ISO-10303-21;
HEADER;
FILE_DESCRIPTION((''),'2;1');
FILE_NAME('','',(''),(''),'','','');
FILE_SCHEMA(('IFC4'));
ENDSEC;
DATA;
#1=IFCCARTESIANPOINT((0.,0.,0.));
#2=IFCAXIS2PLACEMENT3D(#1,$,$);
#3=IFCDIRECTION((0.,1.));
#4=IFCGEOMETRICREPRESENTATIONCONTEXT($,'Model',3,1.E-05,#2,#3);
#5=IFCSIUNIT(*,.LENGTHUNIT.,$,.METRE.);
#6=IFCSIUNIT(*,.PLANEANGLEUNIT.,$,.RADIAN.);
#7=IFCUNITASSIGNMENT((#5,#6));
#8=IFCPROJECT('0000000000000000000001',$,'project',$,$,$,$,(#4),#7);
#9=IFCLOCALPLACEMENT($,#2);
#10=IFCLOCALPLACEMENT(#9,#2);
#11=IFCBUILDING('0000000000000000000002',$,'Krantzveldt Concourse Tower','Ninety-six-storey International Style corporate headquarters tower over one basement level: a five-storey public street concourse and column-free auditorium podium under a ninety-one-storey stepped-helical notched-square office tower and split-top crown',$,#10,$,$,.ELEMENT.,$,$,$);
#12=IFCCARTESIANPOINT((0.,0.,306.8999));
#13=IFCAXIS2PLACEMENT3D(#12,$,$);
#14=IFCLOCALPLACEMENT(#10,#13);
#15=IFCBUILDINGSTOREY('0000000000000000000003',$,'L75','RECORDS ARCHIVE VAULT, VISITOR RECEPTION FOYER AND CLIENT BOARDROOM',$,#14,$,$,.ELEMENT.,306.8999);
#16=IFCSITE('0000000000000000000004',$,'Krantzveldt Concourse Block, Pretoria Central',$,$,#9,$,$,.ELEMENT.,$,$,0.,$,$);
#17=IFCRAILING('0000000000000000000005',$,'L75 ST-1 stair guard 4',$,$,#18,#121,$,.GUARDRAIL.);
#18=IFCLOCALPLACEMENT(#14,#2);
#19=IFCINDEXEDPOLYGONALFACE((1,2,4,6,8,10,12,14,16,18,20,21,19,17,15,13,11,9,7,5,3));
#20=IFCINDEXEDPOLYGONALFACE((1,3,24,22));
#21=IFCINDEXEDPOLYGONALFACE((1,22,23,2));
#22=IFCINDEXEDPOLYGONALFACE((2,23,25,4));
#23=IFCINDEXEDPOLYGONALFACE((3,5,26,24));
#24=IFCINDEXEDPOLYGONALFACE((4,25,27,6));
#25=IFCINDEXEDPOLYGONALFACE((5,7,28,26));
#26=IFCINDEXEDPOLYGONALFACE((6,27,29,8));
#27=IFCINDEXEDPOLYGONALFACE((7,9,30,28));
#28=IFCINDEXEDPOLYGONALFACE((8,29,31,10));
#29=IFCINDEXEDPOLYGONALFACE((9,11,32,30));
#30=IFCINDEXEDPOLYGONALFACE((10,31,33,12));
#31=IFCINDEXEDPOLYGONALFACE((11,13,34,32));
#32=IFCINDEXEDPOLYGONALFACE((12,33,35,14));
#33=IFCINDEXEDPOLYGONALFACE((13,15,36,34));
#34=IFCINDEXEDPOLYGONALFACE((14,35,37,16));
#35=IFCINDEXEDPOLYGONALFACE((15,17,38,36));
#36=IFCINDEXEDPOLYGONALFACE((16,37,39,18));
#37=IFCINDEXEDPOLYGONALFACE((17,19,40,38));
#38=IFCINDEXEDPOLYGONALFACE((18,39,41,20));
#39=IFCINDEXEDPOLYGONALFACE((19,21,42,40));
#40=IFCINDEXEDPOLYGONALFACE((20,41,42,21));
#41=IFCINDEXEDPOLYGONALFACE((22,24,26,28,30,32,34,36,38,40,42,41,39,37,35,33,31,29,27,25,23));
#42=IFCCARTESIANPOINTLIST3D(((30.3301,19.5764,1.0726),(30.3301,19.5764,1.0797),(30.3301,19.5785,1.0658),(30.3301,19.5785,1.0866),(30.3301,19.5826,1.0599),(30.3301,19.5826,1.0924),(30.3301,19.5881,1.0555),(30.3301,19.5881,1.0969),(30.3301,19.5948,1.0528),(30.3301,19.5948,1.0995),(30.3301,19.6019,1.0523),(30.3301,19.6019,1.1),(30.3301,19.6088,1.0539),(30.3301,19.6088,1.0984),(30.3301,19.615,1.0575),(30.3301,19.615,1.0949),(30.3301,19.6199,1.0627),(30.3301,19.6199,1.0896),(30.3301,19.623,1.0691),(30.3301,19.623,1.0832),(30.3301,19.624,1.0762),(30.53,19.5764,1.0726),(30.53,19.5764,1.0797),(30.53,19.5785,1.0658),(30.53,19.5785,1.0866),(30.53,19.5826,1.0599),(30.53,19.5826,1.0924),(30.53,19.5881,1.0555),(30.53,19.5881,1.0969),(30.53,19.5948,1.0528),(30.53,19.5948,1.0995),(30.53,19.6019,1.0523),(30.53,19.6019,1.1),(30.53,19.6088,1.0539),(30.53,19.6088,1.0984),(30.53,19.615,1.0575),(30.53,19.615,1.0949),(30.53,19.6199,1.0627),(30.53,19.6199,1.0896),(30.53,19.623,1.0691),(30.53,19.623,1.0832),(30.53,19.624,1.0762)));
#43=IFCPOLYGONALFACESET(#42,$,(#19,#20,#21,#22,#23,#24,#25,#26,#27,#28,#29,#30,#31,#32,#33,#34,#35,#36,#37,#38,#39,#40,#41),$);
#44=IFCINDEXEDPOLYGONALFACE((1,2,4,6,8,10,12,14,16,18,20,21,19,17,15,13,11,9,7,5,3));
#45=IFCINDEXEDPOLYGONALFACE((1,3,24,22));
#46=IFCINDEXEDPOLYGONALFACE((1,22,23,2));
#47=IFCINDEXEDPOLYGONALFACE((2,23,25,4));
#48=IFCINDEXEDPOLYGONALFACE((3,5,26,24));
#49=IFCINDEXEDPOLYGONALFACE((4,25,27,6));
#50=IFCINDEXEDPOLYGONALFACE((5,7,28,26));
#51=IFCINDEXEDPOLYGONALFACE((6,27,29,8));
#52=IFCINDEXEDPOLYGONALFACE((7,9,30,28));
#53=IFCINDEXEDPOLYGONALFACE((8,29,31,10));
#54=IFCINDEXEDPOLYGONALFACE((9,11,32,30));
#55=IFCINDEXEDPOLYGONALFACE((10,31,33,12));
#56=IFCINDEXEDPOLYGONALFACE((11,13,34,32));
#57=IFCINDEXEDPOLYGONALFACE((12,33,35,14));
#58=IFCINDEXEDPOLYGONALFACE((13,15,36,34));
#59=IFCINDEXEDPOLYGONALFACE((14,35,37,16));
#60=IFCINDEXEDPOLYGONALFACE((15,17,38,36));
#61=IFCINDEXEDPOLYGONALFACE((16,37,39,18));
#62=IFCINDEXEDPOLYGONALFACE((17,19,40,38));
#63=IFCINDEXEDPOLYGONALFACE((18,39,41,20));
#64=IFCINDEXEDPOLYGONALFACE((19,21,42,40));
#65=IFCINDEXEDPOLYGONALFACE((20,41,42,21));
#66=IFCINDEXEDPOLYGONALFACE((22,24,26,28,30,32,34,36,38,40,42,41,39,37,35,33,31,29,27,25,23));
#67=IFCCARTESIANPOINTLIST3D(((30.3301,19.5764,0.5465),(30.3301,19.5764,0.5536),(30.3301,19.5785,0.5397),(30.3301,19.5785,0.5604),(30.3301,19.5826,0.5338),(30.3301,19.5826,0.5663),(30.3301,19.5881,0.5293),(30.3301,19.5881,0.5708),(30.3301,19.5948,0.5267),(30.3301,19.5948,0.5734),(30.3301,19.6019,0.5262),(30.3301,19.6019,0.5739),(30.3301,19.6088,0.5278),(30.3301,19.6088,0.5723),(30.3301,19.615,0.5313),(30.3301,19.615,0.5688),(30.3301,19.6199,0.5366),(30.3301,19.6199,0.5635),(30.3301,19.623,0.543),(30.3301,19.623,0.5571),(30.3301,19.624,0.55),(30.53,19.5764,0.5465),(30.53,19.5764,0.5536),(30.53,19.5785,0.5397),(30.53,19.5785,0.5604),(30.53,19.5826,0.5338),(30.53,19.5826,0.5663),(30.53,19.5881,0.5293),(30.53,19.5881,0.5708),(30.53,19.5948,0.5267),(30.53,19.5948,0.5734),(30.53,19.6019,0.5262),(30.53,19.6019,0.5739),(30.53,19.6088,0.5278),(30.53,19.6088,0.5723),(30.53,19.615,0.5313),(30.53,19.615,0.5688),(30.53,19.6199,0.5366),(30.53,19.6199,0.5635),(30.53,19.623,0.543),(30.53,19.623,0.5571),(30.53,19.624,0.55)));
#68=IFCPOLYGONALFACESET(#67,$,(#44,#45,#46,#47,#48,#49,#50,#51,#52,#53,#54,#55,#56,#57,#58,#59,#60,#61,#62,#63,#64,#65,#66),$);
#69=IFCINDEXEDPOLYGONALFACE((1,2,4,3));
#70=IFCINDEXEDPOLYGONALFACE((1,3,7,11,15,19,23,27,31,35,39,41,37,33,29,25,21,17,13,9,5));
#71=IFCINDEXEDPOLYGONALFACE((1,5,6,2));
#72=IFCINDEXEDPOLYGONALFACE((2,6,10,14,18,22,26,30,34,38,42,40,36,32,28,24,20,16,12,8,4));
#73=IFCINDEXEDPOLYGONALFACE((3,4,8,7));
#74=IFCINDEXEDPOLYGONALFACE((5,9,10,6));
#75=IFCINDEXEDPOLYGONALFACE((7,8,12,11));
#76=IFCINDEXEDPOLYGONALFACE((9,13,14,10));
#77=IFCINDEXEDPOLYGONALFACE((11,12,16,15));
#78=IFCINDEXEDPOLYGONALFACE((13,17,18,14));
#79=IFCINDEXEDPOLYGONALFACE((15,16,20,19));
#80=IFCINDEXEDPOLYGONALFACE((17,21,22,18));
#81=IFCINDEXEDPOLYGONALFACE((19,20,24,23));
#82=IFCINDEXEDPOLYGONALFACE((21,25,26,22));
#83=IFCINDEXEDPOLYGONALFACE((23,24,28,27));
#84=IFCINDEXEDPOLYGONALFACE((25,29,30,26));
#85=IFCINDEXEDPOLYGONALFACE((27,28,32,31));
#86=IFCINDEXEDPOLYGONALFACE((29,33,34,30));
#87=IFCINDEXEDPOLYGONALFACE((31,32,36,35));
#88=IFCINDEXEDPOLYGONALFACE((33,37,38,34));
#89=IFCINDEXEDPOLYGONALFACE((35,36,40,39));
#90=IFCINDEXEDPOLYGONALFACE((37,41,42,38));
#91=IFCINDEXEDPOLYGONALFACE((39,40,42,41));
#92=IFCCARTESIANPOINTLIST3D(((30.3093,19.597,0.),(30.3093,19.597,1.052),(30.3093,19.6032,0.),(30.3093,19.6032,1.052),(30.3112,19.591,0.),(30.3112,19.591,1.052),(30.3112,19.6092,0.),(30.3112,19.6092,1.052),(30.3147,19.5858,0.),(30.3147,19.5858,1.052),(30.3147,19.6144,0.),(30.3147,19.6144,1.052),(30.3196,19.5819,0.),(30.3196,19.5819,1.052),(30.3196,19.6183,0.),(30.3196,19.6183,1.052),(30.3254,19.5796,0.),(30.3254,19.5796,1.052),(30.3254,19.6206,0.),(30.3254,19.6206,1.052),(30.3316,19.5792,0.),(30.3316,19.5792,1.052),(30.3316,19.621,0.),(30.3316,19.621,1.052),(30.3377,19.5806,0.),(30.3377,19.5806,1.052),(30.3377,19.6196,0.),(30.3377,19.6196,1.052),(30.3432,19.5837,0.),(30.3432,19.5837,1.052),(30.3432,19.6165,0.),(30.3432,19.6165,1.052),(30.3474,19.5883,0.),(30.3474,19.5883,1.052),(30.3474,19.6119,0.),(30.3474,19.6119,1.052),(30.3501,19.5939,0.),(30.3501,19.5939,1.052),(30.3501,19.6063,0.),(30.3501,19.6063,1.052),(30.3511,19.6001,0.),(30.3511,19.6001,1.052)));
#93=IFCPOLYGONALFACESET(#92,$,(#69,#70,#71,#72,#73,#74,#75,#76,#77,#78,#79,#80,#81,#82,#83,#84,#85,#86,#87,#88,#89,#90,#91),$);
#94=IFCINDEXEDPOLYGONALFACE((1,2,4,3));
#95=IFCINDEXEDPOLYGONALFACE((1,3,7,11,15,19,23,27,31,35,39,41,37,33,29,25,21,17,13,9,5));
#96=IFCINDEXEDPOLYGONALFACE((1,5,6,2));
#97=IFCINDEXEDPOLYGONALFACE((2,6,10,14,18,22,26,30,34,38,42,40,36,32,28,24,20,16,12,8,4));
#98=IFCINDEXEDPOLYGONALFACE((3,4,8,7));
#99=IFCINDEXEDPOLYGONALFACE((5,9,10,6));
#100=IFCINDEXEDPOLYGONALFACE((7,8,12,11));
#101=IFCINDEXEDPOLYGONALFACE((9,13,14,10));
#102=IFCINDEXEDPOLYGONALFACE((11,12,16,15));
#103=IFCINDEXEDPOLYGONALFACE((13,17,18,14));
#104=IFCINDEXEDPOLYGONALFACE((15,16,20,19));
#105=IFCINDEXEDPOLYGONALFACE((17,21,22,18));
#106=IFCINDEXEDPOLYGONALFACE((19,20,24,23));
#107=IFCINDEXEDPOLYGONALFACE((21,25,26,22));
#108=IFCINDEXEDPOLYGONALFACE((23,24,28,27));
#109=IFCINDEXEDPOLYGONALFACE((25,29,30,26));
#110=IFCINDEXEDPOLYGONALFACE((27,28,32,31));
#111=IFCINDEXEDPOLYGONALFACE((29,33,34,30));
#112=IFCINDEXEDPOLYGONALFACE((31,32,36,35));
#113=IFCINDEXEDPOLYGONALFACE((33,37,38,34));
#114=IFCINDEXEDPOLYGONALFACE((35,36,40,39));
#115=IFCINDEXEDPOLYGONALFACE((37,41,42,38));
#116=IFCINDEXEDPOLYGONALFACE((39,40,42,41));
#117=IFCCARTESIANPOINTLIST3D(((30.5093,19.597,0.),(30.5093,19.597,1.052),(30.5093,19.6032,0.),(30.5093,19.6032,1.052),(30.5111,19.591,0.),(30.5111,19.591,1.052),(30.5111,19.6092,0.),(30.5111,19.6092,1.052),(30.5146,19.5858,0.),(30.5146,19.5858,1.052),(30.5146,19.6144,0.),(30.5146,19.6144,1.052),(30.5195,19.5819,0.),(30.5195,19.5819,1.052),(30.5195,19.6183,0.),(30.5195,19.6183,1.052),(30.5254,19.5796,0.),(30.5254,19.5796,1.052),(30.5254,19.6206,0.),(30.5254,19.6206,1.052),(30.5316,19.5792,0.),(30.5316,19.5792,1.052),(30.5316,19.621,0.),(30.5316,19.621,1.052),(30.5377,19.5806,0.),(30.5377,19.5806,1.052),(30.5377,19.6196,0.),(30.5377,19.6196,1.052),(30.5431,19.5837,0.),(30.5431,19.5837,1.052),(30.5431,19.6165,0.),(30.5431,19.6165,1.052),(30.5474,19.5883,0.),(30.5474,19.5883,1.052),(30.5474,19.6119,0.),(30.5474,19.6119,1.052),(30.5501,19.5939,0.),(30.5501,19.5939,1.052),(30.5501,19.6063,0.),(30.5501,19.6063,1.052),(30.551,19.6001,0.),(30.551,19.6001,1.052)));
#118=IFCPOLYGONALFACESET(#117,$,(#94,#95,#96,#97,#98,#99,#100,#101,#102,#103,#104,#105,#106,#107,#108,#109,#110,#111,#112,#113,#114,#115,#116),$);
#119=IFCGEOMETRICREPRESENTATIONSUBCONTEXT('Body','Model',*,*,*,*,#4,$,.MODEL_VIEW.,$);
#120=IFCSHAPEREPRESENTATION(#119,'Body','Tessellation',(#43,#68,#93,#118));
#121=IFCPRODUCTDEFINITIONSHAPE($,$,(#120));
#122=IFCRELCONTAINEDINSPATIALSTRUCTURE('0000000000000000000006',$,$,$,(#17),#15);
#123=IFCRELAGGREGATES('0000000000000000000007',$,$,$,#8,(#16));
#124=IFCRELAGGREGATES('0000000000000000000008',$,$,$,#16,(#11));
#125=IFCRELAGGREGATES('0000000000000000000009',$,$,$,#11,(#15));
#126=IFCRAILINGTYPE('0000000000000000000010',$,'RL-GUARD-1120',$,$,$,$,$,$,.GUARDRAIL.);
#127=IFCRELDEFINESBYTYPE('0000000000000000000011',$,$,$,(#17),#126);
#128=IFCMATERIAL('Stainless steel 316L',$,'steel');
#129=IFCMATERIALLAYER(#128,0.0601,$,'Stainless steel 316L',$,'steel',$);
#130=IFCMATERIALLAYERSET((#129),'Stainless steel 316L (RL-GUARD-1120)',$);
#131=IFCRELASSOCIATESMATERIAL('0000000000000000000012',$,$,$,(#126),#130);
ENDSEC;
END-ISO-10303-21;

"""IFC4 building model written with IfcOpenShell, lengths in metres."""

from ifc_helpers import new_model, si_unit, direction, frame, origin, origin_2d, place, context, subcontext, project, spatial, circle, extrude, material, layer, layer_set, type_object, element, save


model = new_model("IFC4")

# Units and contexts
model_context = context("Model", 3, precision=1e-05, world=origin(), true_north=direction((0.0, 1.0)))
body_context = subcontext(model_context, "Body", "Model", "MODEL_VIEW")
ifc_project = project(units=[si_unit("LENGTHUNIT", "METRE"), si_unit("PLANEANGLEUNIT", "RADIAN")], contexts=[model_context])

# Site, building, storey
site_placement = place(None, origin())
site = spatial("IfcSite", under=ifc_project, at=site_placement, Name="Krantzveldt Concourse Block, Pretoria Central", CompositionType="ELEMENT", RefElevation=0.0)
building_placement = place(site_placement, origin())
building = spatial("IfcBuilding", under=site, at=building_placement, Name="Krantzveldt Concourse Tower", Description="Ninety-six-storey International Style corporate headquarters tower over one basement level: a five-storey public street concourse and column-free auditorium podium under a ninety-one-storey stepped-helical notched-square office tower and split-top crown", CompositionType="ELEMENT")
storey_placement = place(building_placement, frame((0.0, 0.0, 306.8999)))
storey = spatial("IfcBuildingStorey", under=building, at=storey_placement, Name="L75", Description="RECORDS ARCHIVE VAULT, VISITOR RECEPTION FOYER AND CLIENT BOARDROOM", CompositionType="ELEMENT", Elevation=306.8999)

# Railing
ifc_material_1 = material(Name="Stainless steel 316L", Category="steel")
ifc_layer_1 = layer(ifc_material_1, 0.0601, Name="Stainless steel 316L", Category="steel")
ifc_layer_set_1 = layer_set([ifc_layer_1], Name="Stainless steel 316L (RL-GUARD-1120)")
railing_type_1 = type_object("IfcRailingType", Name="RL-GUARD-1120", PredefinedType="GUARDRAIL", material=ifc_layer_set_1)
railing_1_placement = place(storey_placement, frame((30.3301, 19.6001, 0.0)))
element("IfcRailing", 1, at=railing_1_placement, inside=storey, type_object=railing_type_1, Name="L75 ST-1 stair guard 4", PredefinedType="GUARDRAIL", context=body_context, shape_type="SweptSolid", body=[
    extrude(circle(Radius=0.0239, at=origin_2d()), frame((0.0, 0.0, 1.0762), z_axis=(1.0, 0.0, 0.0), x_axis=(0.0, 1.0, 0.0)), (0.0, 0.0, 1.0), 0.2),
    extrude(circle(Radius=0.0239, at=origin_2d()), frame((0.0, 0.0, 0.55), z_axis=(1.0, 0.0, 0.0), x_axis=(0.0, 1.0, 0.0)), (0.0, 0.0, 1.0), 0.2),
    extrude(circle(Radius=0.021, at=origin_2d()), origin(), (0.0, 0.0, 1.0), 1.052),
    extrude(circle(Radius=0.021, at=origin_2d()), frame((0.2, 0.0, 0.0)), (0.0, 0.0, 1.0), 1.052),
])

save(model, "model.ifc")
